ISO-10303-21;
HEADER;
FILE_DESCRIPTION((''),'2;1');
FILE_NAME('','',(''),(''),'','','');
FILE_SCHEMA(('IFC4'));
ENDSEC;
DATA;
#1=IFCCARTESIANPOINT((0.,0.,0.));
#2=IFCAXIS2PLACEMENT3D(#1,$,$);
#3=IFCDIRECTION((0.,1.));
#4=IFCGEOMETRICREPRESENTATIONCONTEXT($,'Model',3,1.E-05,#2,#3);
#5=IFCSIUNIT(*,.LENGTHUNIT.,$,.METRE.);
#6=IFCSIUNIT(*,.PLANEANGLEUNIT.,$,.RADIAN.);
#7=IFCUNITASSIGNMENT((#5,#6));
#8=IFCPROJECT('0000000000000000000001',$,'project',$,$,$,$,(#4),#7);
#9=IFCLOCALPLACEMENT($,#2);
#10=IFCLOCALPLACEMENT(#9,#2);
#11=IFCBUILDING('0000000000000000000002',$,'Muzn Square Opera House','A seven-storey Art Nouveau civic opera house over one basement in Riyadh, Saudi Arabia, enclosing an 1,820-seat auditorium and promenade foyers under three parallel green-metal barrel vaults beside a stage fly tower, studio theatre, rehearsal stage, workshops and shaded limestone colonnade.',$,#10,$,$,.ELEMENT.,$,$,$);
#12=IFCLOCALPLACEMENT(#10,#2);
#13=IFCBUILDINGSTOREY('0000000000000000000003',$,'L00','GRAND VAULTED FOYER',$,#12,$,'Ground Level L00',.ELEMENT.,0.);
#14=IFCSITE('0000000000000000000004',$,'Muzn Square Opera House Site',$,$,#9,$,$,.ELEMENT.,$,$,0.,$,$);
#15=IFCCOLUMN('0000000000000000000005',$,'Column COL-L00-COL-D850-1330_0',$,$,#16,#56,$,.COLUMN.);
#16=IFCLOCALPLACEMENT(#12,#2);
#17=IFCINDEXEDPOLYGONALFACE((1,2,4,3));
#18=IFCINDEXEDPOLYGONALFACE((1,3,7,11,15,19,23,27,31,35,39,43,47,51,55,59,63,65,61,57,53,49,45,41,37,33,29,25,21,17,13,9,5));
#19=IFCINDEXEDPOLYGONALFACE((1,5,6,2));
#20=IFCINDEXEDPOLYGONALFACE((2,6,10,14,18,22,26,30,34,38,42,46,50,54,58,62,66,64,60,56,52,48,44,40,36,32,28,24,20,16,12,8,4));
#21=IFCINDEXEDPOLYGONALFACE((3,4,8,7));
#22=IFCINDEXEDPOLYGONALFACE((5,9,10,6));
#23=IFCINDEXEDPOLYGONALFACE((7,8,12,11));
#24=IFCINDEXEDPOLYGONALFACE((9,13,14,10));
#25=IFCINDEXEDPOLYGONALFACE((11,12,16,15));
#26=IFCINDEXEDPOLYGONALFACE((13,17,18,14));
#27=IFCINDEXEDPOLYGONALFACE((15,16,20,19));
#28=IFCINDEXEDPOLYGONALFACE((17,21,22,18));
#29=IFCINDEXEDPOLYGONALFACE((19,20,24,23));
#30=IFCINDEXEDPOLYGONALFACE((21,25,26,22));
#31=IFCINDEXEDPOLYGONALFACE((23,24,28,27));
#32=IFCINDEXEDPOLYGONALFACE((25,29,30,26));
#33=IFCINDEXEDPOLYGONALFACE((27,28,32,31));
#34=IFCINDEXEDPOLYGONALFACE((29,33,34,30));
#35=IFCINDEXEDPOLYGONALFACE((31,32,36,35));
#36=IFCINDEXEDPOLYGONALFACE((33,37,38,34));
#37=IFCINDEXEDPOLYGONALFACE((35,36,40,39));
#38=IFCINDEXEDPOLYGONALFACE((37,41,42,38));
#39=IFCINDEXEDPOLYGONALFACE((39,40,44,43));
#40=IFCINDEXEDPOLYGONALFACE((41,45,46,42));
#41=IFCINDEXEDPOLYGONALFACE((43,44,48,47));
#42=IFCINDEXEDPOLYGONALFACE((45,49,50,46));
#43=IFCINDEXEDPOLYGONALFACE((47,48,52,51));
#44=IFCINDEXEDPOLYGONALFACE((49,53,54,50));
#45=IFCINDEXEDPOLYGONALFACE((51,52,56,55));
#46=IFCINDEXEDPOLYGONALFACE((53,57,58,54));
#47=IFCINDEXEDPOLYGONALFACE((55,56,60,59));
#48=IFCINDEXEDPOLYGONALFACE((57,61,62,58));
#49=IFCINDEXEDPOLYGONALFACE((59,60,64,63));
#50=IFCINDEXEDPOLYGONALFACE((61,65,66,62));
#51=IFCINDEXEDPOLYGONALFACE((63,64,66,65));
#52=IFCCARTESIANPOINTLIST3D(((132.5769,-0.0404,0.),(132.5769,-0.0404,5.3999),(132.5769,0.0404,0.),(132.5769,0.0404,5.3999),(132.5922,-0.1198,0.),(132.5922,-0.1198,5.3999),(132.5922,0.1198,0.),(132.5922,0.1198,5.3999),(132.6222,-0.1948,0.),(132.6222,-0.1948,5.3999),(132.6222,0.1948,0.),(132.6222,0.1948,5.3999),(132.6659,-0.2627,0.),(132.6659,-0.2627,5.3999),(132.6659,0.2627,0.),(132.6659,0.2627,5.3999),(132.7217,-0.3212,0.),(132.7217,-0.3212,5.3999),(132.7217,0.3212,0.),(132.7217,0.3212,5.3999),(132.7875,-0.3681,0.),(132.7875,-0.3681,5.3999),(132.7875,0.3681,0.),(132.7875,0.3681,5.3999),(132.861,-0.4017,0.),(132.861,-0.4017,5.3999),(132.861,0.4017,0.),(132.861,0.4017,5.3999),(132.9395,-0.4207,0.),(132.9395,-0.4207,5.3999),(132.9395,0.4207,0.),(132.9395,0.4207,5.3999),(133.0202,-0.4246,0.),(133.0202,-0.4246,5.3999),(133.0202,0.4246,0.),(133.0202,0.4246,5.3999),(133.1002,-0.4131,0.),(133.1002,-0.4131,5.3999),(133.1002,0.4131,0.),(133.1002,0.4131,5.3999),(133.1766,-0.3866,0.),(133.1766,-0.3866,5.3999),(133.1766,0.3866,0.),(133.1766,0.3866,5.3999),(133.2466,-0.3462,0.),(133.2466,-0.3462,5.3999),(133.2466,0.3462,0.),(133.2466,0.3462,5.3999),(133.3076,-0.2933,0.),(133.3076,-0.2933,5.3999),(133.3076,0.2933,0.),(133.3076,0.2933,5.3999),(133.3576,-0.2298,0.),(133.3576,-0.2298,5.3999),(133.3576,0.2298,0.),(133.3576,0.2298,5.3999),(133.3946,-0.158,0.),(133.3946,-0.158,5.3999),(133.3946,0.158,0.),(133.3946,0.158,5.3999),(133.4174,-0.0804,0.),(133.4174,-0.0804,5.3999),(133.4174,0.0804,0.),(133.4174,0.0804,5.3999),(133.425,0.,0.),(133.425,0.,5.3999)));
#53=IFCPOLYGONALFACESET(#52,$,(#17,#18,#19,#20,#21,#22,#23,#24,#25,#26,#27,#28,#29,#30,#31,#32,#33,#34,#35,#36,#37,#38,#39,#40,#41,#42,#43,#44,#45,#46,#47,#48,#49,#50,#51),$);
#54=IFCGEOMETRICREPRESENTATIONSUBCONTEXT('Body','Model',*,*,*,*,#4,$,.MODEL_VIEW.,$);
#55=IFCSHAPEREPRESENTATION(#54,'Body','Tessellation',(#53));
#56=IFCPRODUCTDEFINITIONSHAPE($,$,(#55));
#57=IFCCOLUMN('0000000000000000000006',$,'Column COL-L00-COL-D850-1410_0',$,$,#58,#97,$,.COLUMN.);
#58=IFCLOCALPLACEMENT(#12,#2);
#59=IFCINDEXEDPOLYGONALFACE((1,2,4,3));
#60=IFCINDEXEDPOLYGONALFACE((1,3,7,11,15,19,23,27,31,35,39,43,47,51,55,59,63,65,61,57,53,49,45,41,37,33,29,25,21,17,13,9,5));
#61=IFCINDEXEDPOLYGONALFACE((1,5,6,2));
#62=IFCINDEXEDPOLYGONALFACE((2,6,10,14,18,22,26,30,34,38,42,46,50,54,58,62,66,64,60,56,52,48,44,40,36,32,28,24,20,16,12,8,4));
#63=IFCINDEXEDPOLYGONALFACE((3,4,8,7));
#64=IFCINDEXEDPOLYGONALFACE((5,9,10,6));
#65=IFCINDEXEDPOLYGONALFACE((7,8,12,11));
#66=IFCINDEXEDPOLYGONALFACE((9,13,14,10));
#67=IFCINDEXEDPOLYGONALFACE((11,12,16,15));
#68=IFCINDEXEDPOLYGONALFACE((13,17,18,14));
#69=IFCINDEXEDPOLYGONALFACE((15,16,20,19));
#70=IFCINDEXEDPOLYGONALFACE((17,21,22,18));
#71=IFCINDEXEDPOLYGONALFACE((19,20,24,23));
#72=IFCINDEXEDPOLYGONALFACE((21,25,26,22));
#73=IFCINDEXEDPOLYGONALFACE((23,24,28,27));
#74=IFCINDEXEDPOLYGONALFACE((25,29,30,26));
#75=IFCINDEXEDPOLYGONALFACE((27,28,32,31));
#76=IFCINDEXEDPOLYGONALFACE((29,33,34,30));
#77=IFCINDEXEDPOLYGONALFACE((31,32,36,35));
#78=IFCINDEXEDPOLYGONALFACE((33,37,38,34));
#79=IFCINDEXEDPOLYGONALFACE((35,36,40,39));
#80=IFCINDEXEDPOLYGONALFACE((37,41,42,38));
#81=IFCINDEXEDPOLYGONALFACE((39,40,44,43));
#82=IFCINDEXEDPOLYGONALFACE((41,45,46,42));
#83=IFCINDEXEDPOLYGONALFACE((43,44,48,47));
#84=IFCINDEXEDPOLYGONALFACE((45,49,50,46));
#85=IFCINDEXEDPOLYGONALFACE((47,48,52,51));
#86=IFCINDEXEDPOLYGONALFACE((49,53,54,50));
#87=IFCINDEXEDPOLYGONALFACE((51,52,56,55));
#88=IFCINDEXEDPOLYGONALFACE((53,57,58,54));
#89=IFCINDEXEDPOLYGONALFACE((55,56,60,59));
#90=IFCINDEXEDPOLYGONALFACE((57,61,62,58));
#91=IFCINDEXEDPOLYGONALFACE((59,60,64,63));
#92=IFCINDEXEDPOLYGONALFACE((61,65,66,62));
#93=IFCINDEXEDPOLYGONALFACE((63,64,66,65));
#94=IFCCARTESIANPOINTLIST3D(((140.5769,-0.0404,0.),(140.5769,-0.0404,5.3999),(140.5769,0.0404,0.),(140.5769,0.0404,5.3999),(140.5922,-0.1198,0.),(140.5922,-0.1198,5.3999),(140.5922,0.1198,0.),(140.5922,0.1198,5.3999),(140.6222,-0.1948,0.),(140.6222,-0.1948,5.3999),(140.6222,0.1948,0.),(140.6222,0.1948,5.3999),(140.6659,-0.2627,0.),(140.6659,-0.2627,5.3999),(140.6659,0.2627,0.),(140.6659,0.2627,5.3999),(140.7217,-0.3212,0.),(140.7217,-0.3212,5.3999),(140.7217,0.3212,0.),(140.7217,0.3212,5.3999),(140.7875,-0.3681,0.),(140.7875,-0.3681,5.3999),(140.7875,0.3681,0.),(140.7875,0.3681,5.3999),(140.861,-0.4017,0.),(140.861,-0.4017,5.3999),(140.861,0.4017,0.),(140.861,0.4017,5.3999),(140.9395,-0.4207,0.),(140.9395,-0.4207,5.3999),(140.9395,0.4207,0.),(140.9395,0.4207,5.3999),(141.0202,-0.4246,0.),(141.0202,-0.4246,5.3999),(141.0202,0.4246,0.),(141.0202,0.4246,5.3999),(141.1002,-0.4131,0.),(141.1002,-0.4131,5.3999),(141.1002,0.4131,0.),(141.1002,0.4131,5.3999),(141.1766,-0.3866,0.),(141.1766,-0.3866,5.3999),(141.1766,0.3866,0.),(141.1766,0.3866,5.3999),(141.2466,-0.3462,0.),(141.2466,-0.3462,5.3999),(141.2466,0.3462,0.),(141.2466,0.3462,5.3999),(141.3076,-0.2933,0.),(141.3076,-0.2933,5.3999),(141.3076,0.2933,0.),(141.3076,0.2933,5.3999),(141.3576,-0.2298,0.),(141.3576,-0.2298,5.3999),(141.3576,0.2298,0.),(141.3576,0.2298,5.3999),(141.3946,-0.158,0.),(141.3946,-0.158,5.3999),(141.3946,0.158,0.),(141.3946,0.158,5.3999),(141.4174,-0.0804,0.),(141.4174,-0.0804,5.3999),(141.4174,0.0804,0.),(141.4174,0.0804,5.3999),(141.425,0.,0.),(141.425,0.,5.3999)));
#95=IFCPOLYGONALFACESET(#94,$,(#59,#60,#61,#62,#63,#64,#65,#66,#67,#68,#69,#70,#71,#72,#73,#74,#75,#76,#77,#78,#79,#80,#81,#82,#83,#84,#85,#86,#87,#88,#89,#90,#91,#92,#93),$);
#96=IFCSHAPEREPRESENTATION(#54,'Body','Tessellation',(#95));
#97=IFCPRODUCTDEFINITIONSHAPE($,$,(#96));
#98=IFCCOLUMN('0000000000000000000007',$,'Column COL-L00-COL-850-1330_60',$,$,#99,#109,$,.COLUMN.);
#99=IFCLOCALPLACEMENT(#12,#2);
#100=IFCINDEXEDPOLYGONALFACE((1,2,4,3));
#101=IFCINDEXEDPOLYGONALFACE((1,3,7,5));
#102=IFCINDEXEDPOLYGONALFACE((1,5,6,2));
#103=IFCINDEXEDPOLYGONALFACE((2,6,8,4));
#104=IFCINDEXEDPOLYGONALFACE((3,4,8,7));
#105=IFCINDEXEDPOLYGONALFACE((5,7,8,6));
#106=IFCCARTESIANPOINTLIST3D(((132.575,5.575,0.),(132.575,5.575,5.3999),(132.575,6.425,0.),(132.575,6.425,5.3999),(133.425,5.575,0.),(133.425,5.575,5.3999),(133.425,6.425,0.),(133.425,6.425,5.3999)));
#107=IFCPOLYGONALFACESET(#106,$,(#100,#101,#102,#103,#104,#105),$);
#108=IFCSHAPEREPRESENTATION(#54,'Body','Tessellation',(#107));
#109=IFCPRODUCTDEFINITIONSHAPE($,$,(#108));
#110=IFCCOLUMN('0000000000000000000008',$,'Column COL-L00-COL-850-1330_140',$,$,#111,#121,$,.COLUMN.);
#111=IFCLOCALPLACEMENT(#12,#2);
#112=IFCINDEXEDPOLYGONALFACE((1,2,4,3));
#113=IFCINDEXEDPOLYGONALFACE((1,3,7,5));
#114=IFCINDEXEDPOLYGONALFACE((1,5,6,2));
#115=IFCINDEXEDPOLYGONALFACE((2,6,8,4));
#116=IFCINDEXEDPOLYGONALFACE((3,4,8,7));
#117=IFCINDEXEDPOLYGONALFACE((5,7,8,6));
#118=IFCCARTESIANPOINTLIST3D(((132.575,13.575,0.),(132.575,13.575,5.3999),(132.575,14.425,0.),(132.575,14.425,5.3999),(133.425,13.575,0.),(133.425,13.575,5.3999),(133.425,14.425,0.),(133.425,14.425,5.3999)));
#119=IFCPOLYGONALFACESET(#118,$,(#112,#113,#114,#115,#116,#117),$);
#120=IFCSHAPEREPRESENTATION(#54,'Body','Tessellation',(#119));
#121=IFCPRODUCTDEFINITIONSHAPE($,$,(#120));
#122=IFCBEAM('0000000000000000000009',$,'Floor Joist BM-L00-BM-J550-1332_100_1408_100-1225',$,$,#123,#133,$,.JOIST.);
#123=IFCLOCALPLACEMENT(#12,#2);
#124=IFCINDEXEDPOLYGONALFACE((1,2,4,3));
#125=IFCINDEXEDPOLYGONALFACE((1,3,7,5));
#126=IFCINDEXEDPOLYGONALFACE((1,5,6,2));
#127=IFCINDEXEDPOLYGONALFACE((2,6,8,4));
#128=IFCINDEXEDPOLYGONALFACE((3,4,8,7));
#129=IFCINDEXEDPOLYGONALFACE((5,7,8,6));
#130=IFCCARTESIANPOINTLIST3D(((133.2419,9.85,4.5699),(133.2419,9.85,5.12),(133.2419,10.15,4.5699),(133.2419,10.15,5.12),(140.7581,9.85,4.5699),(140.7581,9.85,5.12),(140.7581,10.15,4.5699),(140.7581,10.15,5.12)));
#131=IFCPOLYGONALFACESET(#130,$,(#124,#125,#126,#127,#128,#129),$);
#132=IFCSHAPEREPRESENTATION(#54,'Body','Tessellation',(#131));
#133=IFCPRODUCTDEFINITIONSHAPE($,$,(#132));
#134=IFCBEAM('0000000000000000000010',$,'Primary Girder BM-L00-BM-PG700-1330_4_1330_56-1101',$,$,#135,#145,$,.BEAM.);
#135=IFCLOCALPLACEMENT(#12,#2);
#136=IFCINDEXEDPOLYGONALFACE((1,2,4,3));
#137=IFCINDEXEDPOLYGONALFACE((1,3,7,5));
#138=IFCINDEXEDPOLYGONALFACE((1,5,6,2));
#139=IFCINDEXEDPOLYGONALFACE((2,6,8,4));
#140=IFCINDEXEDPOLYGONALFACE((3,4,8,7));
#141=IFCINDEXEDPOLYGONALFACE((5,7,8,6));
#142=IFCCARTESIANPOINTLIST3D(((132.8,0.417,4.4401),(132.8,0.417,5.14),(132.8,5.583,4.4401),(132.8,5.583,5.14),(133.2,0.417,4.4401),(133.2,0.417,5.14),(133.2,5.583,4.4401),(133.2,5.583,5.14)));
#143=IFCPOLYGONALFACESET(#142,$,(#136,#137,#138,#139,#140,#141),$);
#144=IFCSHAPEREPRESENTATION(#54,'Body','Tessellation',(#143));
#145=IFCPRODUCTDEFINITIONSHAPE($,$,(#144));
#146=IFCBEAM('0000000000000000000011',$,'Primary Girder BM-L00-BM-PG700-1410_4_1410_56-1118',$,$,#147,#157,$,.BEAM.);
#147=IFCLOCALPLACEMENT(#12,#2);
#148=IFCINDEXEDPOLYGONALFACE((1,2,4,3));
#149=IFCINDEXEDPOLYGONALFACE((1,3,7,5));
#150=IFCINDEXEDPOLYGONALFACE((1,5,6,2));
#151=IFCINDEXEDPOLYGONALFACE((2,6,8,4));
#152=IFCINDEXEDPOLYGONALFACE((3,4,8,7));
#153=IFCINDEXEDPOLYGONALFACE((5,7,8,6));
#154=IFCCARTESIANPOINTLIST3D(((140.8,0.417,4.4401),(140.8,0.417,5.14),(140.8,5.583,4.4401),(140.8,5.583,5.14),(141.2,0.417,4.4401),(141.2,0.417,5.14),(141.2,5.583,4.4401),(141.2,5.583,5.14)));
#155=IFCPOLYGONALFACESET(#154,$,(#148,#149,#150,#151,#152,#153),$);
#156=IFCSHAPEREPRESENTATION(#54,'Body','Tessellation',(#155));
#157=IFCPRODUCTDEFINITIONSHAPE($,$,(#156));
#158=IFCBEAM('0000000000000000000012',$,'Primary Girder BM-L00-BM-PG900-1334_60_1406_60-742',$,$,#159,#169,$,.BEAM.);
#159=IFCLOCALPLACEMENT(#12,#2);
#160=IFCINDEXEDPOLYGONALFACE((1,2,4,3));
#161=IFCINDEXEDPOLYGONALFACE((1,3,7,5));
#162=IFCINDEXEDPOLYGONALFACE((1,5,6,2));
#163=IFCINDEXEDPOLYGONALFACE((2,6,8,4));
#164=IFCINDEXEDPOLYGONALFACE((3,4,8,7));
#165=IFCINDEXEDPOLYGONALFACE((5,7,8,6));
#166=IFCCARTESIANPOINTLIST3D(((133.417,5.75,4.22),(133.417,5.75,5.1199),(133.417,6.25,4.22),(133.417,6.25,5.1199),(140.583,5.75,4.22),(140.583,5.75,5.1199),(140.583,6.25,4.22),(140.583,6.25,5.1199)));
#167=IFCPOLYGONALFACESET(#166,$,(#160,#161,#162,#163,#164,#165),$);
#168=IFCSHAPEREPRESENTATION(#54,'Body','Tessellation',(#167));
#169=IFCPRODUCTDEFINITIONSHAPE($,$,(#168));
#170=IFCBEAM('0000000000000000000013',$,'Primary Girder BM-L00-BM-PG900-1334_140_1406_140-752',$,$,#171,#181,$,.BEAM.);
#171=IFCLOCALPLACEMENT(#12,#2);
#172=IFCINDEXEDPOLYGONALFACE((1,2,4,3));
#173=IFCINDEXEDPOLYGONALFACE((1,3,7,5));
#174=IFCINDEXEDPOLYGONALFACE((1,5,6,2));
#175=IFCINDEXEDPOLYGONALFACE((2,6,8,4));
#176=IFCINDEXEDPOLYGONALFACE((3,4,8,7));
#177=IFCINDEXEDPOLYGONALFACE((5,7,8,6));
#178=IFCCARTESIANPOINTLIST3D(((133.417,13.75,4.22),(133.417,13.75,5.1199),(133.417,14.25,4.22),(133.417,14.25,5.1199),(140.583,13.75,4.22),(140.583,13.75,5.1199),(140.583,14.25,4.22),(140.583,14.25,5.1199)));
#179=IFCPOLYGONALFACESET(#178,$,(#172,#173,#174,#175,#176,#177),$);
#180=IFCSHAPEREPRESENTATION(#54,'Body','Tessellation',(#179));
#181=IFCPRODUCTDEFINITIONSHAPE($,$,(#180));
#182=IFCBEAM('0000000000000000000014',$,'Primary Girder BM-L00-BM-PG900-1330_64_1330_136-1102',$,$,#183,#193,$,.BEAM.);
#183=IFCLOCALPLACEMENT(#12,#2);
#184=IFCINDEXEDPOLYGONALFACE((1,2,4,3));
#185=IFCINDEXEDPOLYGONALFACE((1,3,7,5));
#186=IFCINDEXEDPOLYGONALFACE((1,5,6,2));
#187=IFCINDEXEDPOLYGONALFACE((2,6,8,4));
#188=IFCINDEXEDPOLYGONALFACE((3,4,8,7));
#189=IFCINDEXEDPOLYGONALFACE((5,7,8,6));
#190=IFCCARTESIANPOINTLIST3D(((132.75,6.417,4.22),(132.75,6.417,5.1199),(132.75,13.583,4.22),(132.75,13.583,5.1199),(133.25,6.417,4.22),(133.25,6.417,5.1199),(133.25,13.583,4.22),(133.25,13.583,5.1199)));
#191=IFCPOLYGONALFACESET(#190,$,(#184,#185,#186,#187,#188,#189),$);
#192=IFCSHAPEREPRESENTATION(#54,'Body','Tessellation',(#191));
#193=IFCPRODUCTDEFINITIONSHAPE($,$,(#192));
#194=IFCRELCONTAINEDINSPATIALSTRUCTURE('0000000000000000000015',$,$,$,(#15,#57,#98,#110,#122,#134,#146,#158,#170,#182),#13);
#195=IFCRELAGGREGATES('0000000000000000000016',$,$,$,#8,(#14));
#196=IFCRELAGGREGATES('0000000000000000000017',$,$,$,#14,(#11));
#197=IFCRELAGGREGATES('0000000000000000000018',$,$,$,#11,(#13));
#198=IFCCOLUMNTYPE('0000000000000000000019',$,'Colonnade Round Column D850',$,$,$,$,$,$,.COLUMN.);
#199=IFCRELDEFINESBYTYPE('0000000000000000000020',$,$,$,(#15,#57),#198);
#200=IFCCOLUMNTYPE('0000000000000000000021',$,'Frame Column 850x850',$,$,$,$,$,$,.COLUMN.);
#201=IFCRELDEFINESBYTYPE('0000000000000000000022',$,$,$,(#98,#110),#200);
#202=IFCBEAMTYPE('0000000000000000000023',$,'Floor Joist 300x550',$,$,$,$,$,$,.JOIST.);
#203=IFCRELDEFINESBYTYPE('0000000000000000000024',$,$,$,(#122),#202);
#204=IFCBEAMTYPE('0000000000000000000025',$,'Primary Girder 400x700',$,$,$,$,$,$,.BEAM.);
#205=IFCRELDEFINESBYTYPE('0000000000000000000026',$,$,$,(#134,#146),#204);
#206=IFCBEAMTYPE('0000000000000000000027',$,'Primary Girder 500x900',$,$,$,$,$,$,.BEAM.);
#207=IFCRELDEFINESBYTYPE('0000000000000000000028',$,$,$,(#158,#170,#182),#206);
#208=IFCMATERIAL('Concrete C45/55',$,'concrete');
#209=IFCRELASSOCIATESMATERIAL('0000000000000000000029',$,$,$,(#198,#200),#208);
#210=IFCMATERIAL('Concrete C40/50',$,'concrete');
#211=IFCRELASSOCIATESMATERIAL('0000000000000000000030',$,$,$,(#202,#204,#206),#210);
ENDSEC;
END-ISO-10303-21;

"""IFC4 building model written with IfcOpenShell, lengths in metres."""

from ifc_helpers import new_model, si_unit, direction, frame, origin, origin_2d, place, context, subcontext, project, spatial, rectangle, circle, extrude, material, material_profile, profile_set, type_object, element, save


model = new_model("IFC4")

# Units and contexts
model_context = context("Model", 3, precision=1e-05, world=origin(), true_north=direction((0.0, 1.0)))
body_context = subcontext(model_context, "Body", "Model", "MODEL_VIEW")
ifc_project = project(units=[si_unit("LENGTHUNIT", "METRE"), si_unit("PLANEANGLEUNIT", "RADIAN")], contexts=[model_context])

# Site, building, storey
site_placement = place(None, origin())
site = spatial("IfcSite", under=ifc_project, at=site_placement, Name="Muzn Square Opera House Site", CompositionType="ELEMENT", RefElevation=0.0)
building_placement = place(site_placement, origin())
building = spatial("IfcBuilding", under=site, at=building_placement, Name="Muzn Square Opera House", Description="A seven-storey Art Nouveau civic opera house over one basement in Riyadh, Saudi Arabia, enclosing an 1,820-seat auditorium and promenade foyers under three parallel green-metal barrel vaults beside a stage fly tower, studio theatre, rehearsal stage, workshops and shaded limestone colonnade.", CompositionType="ELEMENT")
storey_placement = place(building_placement, origin())
storey = spatial("IfcBuildingStorey", under=building, at=storey_placement, Name="L00", Description="GRAND VAULTED FOYER", LongName="Ground Level L00", CompositionType="ELEMENT", Elevation=0.0)

# Columns
ifc_material_1 = material(Name="Concrete C45/55", Category="concrete")
ifc_material_profile_1 = material_profile(ifc_material_1, circle(Radius=0.425, at=origin_2d()), Name="RCC D850", Category="concrete")
ifc_profile_set_1 = profile_set([ifc_material_profile_1], Name="Concrete C45/55")
column_type_1 = type_object("IfcColumnType", Name="Colonnade Round Column D850", PredefinedType="COLUMN", material=ifc_profile_set_1)
for number, where, z_axis, x_axis, name in (
    (1, (133.0, 0.0, 0.0), (0.0, 0.0, 1.0), (1.0, 0.0, 0.0), "Column COL-L00-COL-D850-1330_0"),
    (2, (141.0, 0.0, 0.0), (0.0, 0.0, 1.0), (1.0, 0.0, 0.0), "Column COL-L00-COL-D850-1410_0"),
):
    element("IfcColumn", number, at=place(storey_placement, frame(where, z_axis=z_axis, x_axis=x_axis)), inside=storey, type_object=column_type_1, Name=name, PredefinedType="COLUMN", context=body_context, shape_type="SweptSolid", body=[
        extrude(circle(Radius=0.425, at=origin_2d()), origin(), (0.0, 0.0, 1.0), 5.3999),
    ])
ifc_material_profile_2 = material_profile(ifc_material_1, rectangle(XDim=0.8501, YDim=0.8501, at=origin_2d()), Name="RC 850x850", Category="concrete")
ifc_profile_set_2 = profile_set([ifc_material_profile_2], Name="Concrete C45/55")
column_type_2 = type_object("IfcColumnType", Name="Frame Column 850x850", PredefinedType="COLUMN", material=ifc_profile_set_2)
for number, where, z_axis, x_axis, name in (
    (3, (133.0, 6.0, 0.0), (0.0, 0.0, 1.0), (1.0, 0.0, 0.0), "Column COL-L00-COL-850-1330_60"),
    (4, (133.0, 14.0, 0.0), (0.0, 0.0, 1.0), (1.0, 0.0, 0.0), "Column COL-L00-COL-850-1330_140"),
):
    element("IfcColumn", number, at=place(storey_placement, frame(where, z_axis=z_axis, x_axis=x_axis)), inside=storey, type_object=column_type_2, Name=name, PredefinedType="COLUMN", context=body_context, shape_type="SweptSolid", body=[
        extrude(rectangle(XDim=0.8501, YDim=0.8501, at=origin_2d()), origin(), (0.0, 0.0, 1.0), 5.3999),
    ])

# Beams
ifc_material_2 = material(Name="Concrete C40/50", Category="concrete")
ifc_material_profile_3 = material_profile(ifc_material_2, rectangle(XDim=0.3, YDim=0.55, at=origin_2d()), Name="RCJ 300x550", Category="concrete")
ifc_profile_set_3 = profile_set([ifc_material_profile_3], Name="Concrete C40/50")
beam_type_1 = type_object("IfcBeamType", Name="Floor Joist 300x550", PredefinedType="JOIST", material=ifc_profile_set_3)
beam_1_placement = place(storey_placement, frame((133.2419, 10.0, 4.845), z_axis=(1.0, 0.0, 0.0), x_axis=(0.0, 1.0, 0.0)))
element("IfcBeam", 5, at=beam_1_placement, inside=storey, type_object=beam_type_1, Name="Floor Joist BM-L00-BM-J550-1332_100_1408_100-1225", PredefinedType="JOIST", context=body_context, shape_type="SweptSolid", body=[
    extrude(rectangle(XDim=0.3, YDim=0.55, at=origin_2d()), origin(), (0.0, 0.0, 1.0), 7.5161),
])
ifc_material_profile_4 = material_profile(ifc_material_2, rectangle(XDim=0.3999, YDim=0.7, at=origin_2d()), Name="RCB 400x700", Category="concrete")
ifc_profile_set_4 = profile_set([ifc_material_profile_4], Name="Concrete C40/50")
beam_type_2 = type_object("IfcBeamType", Name="Primary Girder 400x700", PredefinedType="BEAM", material=ifc_profile_set_4)
for number, where, z_axis, x_axis, name in (
    (6, (133.0, 0.417, 4.79), (0.0, 1.0, 0.0), (-1.0, 0.0, 0.0), "Primary Girder BM-L00-BM-PG700-1330_4_1330_56-1101"),
    (7, (141.0, 0.417, 4.79), (0.0, 1.0, 0.0), (-1.0, 0.0, 0.0), "Primary Girder BM-L00-BM-PG700-1410_4_1410_56-1118"),
):
    element("IfcBeam", number, at=place(storey_placement, frame(where, z_axis=z_axis, x_axis=x_axis)), inside=storey, type_object=beam_type_2, Name=name, PredefinedType="BEAM", context=body_context, shape_type="SweptSolid", body=[
        extrude(rectangle(XDim=0.3999, YDim=0.7, at=origin_2d()), origin(), (0.0, 0.0, 1.0), 5.166),
    ])
ifc_material_profile_5 = material_profile(ifc_material_2, rectangle(XDim=0.5, YDim=0.8999, at=origin_2d()), Name="RCB 500x900", Category="concrete")
ifc_profile_set_5 = profile_set([ifc_material_profile_5], Name="Concrete C40/50")
beam_type_3 = type_object("IfcBeamType", Name="Primary Girder 500x900", PredefinedType="BEAM", material=ifc_profile_set_5)
for number, where, z_axis, x_axis, name in (
    (8, (133.417, 6.0, 4.6699), (1.0, 0.0, 0.0), (0.0, 1.0, 0.0), "Primary Girder BM-L00-BM-PG900-1334_60_1406_60-742"),
    (9, (133.417, 14.0, 4.6699), (1.0, 0.0, 0.0), (0.0, 1.0, 0.0), "Primary Girder BM-L00-BM-PG900-1334_140_1406_140-752"),
    (10, (133.0, 6.417, 4.6699), (0.0, 1.0, 0.0), (-1.0, 0.0, 0.0), "Primary Girder BM-L00-BM-PG900-1330_64_1330_136-1102"),
):
    element("IfcBeam", number, at=place(storey_placement, frame(where, z_axis=z_axis, x_axis=x_axis)), inside=storey, type_object=beam_type_3, Name=name, PredefinedType="BEAM", context=body_context, shape_type="SweptSolid", body=[
        extrude(rectangle(XDim=0.5, YDim=0.8999, at=origin_2d()), origin(), (0.0, 0.0, 1.0), 7.166),
    ])

save(model, "model.ifc")
